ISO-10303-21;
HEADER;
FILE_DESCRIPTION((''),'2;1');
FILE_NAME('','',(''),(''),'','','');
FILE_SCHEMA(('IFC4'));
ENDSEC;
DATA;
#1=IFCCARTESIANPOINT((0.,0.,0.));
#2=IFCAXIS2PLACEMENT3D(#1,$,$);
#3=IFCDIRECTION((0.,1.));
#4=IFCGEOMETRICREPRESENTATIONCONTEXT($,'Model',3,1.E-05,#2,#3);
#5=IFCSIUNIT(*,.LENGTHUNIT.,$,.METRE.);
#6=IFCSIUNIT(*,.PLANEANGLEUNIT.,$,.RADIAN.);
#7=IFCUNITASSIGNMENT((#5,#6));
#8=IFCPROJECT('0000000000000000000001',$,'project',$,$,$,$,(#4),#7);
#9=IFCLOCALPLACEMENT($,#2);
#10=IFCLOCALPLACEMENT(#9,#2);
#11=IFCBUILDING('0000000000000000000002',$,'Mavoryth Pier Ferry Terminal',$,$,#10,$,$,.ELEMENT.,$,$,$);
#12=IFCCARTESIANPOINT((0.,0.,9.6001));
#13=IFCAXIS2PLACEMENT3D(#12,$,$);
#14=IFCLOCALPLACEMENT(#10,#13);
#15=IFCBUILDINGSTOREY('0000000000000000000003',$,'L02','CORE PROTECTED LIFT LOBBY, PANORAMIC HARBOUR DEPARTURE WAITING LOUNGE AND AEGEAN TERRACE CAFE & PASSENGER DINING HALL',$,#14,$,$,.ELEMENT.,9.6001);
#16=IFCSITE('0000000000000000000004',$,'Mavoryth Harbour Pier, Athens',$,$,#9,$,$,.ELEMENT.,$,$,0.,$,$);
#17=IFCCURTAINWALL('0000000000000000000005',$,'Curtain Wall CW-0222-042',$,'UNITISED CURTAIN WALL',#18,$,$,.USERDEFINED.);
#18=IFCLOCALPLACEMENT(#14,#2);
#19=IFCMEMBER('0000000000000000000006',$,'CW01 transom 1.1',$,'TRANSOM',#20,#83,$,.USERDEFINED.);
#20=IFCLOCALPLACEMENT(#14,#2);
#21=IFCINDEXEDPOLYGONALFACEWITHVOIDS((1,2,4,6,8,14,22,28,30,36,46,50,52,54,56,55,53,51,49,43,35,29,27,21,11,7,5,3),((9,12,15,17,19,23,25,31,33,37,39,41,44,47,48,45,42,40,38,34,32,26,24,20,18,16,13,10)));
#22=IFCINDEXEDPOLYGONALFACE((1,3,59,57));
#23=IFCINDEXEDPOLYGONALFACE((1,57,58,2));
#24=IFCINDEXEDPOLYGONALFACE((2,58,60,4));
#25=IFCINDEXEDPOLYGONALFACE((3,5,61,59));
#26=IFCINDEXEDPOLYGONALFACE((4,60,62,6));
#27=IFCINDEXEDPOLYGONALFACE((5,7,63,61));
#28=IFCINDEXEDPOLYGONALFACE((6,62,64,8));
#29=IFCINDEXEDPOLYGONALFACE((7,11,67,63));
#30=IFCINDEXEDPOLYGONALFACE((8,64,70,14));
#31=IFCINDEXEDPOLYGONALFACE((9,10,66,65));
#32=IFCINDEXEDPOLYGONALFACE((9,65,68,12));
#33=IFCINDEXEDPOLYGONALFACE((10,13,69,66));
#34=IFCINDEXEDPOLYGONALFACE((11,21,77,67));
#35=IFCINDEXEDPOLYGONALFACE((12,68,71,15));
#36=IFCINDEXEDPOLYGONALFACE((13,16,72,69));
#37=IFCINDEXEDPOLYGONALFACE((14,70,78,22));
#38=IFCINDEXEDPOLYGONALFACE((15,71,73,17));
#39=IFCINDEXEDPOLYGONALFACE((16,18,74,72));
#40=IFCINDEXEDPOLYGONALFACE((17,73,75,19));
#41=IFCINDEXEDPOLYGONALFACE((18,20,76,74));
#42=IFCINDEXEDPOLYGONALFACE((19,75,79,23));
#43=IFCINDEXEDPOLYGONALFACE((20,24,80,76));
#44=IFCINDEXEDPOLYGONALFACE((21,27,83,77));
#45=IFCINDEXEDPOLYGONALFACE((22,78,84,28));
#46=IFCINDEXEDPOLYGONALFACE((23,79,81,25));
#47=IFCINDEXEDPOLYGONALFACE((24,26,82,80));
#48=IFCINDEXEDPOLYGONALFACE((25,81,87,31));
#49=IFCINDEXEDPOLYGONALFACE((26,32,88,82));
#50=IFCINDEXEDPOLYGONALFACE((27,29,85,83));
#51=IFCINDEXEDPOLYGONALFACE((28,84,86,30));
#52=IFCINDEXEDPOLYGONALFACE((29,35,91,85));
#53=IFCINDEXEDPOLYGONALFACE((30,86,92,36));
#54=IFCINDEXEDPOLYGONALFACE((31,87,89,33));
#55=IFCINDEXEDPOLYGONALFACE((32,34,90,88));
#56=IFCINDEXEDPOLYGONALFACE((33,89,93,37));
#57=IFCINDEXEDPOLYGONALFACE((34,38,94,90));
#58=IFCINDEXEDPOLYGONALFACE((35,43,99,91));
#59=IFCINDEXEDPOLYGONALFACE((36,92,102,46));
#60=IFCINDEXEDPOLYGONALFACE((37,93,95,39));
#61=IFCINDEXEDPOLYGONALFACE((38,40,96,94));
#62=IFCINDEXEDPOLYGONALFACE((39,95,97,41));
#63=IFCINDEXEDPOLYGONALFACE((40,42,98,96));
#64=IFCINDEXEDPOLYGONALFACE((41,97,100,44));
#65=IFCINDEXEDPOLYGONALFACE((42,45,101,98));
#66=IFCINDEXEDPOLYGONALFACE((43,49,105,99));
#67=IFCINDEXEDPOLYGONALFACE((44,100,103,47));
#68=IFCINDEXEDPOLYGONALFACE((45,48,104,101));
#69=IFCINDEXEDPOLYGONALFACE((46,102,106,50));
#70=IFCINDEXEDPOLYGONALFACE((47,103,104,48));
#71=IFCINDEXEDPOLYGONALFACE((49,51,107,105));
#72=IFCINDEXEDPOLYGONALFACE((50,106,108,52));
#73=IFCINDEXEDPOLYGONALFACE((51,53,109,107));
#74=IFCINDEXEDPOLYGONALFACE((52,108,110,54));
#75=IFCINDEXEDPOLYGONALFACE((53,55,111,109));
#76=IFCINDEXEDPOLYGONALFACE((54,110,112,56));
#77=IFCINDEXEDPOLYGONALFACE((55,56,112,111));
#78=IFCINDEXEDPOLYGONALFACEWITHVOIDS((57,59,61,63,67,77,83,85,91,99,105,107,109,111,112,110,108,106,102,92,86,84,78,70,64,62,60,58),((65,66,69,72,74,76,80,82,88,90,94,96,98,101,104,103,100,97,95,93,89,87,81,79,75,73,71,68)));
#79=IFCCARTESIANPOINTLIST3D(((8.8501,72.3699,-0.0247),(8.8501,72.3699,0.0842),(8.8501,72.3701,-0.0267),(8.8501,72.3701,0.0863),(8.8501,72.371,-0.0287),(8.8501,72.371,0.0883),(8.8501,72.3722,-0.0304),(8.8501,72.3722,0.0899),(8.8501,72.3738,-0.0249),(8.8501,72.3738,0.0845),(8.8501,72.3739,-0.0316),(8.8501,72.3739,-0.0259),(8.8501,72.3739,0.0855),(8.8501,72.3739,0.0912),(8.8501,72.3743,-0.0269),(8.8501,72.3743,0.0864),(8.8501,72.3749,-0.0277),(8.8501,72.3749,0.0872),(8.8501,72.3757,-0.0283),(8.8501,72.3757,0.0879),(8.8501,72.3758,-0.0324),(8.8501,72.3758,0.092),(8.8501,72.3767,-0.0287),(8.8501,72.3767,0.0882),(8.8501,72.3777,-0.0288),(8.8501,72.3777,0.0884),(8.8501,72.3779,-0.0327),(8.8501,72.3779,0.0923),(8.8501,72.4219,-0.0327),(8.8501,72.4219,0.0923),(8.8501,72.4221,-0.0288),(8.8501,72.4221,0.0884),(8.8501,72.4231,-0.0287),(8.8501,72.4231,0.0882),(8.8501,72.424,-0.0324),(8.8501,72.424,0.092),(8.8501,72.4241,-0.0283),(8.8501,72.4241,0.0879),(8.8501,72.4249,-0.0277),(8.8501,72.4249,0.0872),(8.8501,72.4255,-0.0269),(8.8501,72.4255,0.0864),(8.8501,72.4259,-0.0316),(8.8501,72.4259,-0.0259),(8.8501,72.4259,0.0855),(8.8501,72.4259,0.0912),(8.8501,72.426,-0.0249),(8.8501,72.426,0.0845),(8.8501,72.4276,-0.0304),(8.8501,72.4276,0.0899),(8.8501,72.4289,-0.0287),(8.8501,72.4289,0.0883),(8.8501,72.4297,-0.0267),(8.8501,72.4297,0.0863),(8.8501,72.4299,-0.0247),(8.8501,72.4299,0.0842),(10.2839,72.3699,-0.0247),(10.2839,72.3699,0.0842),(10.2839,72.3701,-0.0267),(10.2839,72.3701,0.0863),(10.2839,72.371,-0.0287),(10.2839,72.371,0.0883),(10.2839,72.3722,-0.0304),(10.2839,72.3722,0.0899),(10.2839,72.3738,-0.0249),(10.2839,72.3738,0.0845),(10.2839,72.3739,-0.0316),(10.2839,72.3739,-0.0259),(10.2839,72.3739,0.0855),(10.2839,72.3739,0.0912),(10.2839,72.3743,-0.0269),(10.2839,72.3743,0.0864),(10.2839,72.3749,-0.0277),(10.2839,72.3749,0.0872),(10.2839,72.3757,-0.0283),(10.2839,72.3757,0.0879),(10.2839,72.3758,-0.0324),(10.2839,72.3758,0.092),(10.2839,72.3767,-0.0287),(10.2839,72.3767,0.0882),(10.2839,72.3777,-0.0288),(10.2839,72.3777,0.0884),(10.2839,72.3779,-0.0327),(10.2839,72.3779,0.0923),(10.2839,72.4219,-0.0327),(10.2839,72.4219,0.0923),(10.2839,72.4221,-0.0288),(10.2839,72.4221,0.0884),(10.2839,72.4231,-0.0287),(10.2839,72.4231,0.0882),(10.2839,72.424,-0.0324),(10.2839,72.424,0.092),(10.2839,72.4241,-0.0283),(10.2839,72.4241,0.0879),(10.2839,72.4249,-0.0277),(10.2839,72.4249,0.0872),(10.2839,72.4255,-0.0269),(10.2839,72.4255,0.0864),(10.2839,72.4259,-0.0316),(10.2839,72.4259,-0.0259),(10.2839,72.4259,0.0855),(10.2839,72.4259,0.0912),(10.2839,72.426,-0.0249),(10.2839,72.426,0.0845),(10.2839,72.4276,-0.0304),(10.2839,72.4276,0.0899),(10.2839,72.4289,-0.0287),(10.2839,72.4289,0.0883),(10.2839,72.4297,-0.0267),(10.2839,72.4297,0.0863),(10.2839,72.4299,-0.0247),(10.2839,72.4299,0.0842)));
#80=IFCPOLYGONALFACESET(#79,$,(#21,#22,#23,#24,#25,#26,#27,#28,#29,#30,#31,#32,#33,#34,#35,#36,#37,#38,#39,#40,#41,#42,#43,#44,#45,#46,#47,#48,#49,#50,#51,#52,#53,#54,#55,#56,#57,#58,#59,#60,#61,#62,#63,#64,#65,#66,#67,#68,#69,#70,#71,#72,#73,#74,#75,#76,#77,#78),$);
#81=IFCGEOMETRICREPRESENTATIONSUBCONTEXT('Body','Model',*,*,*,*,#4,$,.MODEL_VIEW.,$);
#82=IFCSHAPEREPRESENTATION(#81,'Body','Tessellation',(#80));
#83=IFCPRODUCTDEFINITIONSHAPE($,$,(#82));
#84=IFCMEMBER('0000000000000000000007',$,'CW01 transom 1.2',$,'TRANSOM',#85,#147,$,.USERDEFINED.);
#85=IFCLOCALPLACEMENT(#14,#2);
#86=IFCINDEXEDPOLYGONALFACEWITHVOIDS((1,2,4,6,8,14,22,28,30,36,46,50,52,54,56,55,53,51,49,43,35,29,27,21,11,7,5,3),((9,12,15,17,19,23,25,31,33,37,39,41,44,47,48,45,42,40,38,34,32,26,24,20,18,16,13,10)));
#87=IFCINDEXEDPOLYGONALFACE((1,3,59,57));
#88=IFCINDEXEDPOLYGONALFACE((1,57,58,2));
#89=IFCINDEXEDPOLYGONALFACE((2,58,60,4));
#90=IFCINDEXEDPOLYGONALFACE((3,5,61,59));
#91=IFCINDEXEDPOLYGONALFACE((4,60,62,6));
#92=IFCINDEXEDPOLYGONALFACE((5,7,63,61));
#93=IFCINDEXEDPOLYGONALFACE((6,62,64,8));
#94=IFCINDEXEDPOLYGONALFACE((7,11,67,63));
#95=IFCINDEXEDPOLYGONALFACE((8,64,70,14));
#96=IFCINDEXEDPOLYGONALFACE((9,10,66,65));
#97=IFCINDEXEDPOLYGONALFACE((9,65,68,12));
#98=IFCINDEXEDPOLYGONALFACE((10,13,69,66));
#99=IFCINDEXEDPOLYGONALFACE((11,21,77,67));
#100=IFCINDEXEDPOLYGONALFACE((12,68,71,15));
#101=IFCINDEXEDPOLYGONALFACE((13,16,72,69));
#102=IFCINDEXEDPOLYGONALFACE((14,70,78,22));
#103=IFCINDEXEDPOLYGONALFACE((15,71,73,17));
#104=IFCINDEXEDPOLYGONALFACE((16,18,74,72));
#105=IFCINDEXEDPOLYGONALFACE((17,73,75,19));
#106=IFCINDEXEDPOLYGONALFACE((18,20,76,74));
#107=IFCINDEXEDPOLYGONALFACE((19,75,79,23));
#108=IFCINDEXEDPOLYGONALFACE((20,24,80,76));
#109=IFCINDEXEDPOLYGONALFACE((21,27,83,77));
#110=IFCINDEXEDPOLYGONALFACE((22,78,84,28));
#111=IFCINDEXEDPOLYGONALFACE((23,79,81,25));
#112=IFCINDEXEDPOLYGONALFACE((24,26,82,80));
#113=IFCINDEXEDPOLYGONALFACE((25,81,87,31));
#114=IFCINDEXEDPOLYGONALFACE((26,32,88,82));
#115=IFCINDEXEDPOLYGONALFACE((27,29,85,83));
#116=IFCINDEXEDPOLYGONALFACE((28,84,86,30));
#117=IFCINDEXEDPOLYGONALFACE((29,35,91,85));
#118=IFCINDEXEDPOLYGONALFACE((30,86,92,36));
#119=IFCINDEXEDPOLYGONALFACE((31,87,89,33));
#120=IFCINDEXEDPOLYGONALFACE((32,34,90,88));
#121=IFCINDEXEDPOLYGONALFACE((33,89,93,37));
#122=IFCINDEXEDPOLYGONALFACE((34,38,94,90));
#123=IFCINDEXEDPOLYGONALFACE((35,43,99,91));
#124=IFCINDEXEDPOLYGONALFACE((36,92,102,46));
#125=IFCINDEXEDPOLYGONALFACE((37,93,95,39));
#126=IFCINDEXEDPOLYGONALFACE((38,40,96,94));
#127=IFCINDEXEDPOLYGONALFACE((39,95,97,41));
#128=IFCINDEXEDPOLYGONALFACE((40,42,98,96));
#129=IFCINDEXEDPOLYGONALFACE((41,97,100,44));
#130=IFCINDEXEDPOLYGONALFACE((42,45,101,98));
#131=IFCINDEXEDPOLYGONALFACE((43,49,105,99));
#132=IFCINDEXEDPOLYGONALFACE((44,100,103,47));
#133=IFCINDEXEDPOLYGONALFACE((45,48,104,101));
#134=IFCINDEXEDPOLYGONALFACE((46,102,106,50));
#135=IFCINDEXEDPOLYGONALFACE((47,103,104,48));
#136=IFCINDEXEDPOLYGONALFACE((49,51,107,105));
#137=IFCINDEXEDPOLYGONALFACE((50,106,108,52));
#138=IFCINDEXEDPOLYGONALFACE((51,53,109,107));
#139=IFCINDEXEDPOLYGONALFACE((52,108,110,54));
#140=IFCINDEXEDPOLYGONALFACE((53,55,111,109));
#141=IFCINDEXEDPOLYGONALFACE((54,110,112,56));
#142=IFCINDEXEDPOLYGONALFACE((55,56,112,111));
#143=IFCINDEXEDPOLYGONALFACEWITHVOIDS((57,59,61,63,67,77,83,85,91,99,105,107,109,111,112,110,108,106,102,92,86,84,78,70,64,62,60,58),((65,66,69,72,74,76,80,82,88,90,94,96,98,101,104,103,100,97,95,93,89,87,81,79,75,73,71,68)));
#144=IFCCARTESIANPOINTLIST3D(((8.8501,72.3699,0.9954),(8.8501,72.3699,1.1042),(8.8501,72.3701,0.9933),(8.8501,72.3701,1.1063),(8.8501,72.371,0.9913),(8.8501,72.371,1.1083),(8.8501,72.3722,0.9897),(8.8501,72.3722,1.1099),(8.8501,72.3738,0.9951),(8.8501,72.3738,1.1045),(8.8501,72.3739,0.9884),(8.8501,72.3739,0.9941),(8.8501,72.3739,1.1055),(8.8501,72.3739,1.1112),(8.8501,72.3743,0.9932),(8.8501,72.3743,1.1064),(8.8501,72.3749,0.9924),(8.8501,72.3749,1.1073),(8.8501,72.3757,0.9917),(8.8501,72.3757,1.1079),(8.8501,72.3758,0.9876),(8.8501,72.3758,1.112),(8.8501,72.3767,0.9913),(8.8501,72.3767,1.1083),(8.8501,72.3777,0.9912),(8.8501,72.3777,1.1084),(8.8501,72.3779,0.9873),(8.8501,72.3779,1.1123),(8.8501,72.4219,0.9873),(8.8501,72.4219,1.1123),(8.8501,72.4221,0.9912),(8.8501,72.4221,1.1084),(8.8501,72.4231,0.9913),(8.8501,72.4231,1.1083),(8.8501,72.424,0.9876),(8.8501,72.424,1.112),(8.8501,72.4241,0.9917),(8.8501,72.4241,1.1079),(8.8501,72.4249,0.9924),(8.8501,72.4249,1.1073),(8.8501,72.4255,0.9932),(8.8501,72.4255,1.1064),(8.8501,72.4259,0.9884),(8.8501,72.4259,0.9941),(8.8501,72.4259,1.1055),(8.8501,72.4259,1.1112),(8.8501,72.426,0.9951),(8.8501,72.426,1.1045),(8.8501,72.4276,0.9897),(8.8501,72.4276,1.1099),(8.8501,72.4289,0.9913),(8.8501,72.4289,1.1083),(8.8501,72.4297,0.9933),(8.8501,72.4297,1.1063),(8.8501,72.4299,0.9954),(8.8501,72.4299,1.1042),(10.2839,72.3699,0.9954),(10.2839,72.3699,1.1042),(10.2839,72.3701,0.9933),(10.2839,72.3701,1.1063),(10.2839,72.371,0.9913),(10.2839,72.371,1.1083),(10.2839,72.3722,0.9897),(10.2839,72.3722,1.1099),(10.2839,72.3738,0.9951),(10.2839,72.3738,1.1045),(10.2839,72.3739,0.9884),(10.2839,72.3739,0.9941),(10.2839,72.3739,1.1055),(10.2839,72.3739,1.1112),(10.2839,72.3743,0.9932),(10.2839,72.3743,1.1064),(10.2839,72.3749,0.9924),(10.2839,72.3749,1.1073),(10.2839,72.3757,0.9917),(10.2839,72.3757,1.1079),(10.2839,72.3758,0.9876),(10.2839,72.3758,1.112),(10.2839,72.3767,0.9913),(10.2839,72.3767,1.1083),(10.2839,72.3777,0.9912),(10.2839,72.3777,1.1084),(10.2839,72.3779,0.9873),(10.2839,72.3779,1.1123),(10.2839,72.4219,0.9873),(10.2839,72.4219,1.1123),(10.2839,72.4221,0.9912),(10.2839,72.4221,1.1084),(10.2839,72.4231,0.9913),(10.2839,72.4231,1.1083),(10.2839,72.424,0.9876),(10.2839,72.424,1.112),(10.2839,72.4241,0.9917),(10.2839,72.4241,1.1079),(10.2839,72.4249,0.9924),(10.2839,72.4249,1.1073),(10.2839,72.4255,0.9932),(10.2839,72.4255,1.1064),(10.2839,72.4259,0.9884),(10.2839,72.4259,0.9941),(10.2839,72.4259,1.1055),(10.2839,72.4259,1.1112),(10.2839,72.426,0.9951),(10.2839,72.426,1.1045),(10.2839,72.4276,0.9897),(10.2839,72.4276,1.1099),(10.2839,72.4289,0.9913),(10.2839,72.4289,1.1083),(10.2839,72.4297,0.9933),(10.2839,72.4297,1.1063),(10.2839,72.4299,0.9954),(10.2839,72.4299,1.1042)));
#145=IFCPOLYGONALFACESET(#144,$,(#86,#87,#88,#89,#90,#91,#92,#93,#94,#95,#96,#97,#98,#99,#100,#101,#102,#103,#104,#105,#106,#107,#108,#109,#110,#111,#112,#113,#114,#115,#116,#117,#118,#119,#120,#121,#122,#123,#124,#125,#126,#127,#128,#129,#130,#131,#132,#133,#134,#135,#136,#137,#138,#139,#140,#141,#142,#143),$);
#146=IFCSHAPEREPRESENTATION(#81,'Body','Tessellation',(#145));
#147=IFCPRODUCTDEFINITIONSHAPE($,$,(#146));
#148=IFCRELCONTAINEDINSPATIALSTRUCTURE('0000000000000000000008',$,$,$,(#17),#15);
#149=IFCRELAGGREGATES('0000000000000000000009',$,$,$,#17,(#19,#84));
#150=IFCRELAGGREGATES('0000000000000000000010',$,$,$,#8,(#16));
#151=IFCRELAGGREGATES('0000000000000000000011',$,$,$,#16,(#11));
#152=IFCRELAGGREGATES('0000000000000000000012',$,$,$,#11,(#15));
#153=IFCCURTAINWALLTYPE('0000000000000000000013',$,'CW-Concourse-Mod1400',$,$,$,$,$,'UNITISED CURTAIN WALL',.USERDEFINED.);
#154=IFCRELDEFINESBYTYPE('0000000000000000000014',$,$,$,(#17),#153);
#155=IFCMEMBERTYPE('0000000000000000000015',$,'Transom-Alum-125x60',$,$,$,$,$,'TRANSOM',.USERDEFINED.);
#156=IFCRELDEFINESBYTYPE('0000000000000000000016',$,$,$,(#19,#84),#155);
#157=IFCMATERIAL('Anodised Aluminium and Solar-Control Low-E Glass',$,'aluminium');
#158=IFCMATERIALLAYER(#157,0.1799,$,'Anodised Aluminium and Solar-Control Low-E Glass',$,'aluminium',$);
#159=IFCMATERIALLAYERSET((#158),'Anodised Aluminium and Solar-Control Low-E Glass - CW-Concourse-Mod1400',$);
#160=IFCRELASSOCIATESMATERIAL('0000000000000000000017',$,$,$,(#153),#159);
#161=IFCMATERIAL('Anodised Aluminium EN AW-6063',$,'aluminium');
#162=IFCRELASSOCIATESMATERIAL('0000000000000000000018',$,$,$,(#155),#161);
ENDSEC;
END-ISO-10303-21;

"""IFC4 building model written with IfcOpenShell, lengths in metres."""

from ifc_helpers import new_model, si_unit, direction, frame, origin, origin_2d, place, context, subcontext, project, spatial, hollow_rectangle, extrude, material, layer, layer_set, material_profile, profile_set, type_object, element, aggregate, save


model = new_model("IFC4")

# Units and contexts
model_context = context("Model", 3, precision=1e-05, world=origin(), true_north=direction((0.0, 1.0)))
body_context = subcontext(model_context, "Body", "Model", "MODEL_VIEW")
ifc_project = project(units=[si_unit("LENGTHUNIT", "METRE"), si_unit("PLANEANGLEUNIT", "RADIAN")], contexts=[model_context])

# Site, building, storey
site_placement = place(None, origin())
site = spatial("IfcSite", under=ifc_project, at=site_placement, Name="Mavoryth Harbour Pier, Athens", CompositionType="ELEMENT", RefElevation=0.0)
building_placement = place(site_placement, origin())
building = spatial("IfcBuilding", under=site, at=building_placement, Name="Mavoryth Pier Ferry Terminal", CompositionType="ELEMENT")
storey_placement = place(building_placement, frame((0.0, 0.0, 9.6001)))
storey = spatial("IfcBuildingStorey", under=building, at=storey_placement, Name="L02", Description="CORE PROTECTED LIFT LOBBY, PANORAMIC HARBOUR DEPARTURE WAITING LOUNGE AND AEGEAN TERRACE CAFE & PASSENGER DINING HALL", CompositionType="ELEMENT", Elevation=9.6001)

# Curtain wall
ifc_material_1 = material(Name="Anodised Aluminium and Solar-Control Low-E Glass", Category="aluminium")
ifc_layer_1 = layer(ifc_material_1, 0.1799, Name="Anodised Aluminium and Solar-Control Low-E Glass", Category="aluminium")
ifc_layer_set_1 = layer_set([ifc_layer_1], Name="Anodised Aluminium and Solar-Control Low-E Glass - CW-Concourse-Mod1400")
curtain_wall_type = type_object("IfcCurtainWallType", Name="CW-Concourse-Mod1400", ElementType="UNITISED CURTAIN WALL", PredefinedType="USERDEFINED", material=ifc_layer_set_1)
ifc_material_2 = material(Name="Anodised Aluminium EN AW-6063", Category="aluminium")
curtain_wall_1_placement = place(storey_placement, origin())
curtain_wall_1 = element("IfcCurtainWall", 1, at=curtain_wall_1_placement, inside=storey, type_object=curtain_wall_type, Name="Curtain Wall CW-0222-042", ObjectType="UNITISED CURTAIN WALL", PredefinedType="USERDEFINED")

# Members
ifc_material_profile_1 = material_profile(ifc_material_2, hollow_rectangle(XDim=0.0601, YDim=0.125, WallThickness=0.0039, InnerFilletRadius=0.0039, OuterFilletRadius=0.0081, at=origin_2d()), Name="AL-TRAN 125x60x4", Category="aluminium")
ifc_profile_set_1 = profile_set([ifc_material_profile_1], Name="Anodised Aluminium EN AW-6063 - AL-TRAN 125x60x4")
member_type_1 = type_object("IfcMemberType", Name="Transom-Alum-125x60", ElementType="TRANSOM", PredefinedType="USERDEFINED", material=ifc_profile_set_1)
member_1_placement = place(storey_placement, frame((8.8501, 72.3999, 0.0298), z_axis=(1.0, 0.0, 0.0), x_axis=(0.0, 1.0, 0.0)))
member_1 = element("IfcMember", 2, at=member_1_placement, type_object=member_type_1, Name="CW01 transom 1.1", ObjectType="TRANSOM", PredefinedType="USERDEFINED", context=body_context, shape_type="SweptSolid", body=[
    extrude(hollow_rectangle(XDim=0.0601, YDim=0.125, WallThickness=0.0039, InnerFilletRadius=0.0039, OuterFilletRadius=0.0081, at=origin_2d()), origin(), (0.0, 0.0, 1.0), 1.4338),
])
member_2_placement = place(storey_placement, frame((8.8501, 72.3999, 1.0498), z_axis=(1.0, 0.0, 0.0), x_axis=(0.0, 1.0, 0.0)))
member_2 = element("IfcMember", 3, at=member_2_placement, type_object=member_type_1, Name="CW01 transom 1.2", ObjectType="TRANSOM", PredefinedType="USERDEFINED", context=body_context, shape_type="SweptSolid", body=[
    extrude(hollow_rectangle(XDim=0.0601, YDim=0.125, WallThickness=0.0039, InnerFilletRadius=0.0039, OuterFilletRadius=0.0081, at=origin_2d()), origin(), (0.0, 0.0, 1.0), 1.4338),
])

aggregate(curtain_wall_1, [member_1, member_2])

save(model, "model.ifc")
